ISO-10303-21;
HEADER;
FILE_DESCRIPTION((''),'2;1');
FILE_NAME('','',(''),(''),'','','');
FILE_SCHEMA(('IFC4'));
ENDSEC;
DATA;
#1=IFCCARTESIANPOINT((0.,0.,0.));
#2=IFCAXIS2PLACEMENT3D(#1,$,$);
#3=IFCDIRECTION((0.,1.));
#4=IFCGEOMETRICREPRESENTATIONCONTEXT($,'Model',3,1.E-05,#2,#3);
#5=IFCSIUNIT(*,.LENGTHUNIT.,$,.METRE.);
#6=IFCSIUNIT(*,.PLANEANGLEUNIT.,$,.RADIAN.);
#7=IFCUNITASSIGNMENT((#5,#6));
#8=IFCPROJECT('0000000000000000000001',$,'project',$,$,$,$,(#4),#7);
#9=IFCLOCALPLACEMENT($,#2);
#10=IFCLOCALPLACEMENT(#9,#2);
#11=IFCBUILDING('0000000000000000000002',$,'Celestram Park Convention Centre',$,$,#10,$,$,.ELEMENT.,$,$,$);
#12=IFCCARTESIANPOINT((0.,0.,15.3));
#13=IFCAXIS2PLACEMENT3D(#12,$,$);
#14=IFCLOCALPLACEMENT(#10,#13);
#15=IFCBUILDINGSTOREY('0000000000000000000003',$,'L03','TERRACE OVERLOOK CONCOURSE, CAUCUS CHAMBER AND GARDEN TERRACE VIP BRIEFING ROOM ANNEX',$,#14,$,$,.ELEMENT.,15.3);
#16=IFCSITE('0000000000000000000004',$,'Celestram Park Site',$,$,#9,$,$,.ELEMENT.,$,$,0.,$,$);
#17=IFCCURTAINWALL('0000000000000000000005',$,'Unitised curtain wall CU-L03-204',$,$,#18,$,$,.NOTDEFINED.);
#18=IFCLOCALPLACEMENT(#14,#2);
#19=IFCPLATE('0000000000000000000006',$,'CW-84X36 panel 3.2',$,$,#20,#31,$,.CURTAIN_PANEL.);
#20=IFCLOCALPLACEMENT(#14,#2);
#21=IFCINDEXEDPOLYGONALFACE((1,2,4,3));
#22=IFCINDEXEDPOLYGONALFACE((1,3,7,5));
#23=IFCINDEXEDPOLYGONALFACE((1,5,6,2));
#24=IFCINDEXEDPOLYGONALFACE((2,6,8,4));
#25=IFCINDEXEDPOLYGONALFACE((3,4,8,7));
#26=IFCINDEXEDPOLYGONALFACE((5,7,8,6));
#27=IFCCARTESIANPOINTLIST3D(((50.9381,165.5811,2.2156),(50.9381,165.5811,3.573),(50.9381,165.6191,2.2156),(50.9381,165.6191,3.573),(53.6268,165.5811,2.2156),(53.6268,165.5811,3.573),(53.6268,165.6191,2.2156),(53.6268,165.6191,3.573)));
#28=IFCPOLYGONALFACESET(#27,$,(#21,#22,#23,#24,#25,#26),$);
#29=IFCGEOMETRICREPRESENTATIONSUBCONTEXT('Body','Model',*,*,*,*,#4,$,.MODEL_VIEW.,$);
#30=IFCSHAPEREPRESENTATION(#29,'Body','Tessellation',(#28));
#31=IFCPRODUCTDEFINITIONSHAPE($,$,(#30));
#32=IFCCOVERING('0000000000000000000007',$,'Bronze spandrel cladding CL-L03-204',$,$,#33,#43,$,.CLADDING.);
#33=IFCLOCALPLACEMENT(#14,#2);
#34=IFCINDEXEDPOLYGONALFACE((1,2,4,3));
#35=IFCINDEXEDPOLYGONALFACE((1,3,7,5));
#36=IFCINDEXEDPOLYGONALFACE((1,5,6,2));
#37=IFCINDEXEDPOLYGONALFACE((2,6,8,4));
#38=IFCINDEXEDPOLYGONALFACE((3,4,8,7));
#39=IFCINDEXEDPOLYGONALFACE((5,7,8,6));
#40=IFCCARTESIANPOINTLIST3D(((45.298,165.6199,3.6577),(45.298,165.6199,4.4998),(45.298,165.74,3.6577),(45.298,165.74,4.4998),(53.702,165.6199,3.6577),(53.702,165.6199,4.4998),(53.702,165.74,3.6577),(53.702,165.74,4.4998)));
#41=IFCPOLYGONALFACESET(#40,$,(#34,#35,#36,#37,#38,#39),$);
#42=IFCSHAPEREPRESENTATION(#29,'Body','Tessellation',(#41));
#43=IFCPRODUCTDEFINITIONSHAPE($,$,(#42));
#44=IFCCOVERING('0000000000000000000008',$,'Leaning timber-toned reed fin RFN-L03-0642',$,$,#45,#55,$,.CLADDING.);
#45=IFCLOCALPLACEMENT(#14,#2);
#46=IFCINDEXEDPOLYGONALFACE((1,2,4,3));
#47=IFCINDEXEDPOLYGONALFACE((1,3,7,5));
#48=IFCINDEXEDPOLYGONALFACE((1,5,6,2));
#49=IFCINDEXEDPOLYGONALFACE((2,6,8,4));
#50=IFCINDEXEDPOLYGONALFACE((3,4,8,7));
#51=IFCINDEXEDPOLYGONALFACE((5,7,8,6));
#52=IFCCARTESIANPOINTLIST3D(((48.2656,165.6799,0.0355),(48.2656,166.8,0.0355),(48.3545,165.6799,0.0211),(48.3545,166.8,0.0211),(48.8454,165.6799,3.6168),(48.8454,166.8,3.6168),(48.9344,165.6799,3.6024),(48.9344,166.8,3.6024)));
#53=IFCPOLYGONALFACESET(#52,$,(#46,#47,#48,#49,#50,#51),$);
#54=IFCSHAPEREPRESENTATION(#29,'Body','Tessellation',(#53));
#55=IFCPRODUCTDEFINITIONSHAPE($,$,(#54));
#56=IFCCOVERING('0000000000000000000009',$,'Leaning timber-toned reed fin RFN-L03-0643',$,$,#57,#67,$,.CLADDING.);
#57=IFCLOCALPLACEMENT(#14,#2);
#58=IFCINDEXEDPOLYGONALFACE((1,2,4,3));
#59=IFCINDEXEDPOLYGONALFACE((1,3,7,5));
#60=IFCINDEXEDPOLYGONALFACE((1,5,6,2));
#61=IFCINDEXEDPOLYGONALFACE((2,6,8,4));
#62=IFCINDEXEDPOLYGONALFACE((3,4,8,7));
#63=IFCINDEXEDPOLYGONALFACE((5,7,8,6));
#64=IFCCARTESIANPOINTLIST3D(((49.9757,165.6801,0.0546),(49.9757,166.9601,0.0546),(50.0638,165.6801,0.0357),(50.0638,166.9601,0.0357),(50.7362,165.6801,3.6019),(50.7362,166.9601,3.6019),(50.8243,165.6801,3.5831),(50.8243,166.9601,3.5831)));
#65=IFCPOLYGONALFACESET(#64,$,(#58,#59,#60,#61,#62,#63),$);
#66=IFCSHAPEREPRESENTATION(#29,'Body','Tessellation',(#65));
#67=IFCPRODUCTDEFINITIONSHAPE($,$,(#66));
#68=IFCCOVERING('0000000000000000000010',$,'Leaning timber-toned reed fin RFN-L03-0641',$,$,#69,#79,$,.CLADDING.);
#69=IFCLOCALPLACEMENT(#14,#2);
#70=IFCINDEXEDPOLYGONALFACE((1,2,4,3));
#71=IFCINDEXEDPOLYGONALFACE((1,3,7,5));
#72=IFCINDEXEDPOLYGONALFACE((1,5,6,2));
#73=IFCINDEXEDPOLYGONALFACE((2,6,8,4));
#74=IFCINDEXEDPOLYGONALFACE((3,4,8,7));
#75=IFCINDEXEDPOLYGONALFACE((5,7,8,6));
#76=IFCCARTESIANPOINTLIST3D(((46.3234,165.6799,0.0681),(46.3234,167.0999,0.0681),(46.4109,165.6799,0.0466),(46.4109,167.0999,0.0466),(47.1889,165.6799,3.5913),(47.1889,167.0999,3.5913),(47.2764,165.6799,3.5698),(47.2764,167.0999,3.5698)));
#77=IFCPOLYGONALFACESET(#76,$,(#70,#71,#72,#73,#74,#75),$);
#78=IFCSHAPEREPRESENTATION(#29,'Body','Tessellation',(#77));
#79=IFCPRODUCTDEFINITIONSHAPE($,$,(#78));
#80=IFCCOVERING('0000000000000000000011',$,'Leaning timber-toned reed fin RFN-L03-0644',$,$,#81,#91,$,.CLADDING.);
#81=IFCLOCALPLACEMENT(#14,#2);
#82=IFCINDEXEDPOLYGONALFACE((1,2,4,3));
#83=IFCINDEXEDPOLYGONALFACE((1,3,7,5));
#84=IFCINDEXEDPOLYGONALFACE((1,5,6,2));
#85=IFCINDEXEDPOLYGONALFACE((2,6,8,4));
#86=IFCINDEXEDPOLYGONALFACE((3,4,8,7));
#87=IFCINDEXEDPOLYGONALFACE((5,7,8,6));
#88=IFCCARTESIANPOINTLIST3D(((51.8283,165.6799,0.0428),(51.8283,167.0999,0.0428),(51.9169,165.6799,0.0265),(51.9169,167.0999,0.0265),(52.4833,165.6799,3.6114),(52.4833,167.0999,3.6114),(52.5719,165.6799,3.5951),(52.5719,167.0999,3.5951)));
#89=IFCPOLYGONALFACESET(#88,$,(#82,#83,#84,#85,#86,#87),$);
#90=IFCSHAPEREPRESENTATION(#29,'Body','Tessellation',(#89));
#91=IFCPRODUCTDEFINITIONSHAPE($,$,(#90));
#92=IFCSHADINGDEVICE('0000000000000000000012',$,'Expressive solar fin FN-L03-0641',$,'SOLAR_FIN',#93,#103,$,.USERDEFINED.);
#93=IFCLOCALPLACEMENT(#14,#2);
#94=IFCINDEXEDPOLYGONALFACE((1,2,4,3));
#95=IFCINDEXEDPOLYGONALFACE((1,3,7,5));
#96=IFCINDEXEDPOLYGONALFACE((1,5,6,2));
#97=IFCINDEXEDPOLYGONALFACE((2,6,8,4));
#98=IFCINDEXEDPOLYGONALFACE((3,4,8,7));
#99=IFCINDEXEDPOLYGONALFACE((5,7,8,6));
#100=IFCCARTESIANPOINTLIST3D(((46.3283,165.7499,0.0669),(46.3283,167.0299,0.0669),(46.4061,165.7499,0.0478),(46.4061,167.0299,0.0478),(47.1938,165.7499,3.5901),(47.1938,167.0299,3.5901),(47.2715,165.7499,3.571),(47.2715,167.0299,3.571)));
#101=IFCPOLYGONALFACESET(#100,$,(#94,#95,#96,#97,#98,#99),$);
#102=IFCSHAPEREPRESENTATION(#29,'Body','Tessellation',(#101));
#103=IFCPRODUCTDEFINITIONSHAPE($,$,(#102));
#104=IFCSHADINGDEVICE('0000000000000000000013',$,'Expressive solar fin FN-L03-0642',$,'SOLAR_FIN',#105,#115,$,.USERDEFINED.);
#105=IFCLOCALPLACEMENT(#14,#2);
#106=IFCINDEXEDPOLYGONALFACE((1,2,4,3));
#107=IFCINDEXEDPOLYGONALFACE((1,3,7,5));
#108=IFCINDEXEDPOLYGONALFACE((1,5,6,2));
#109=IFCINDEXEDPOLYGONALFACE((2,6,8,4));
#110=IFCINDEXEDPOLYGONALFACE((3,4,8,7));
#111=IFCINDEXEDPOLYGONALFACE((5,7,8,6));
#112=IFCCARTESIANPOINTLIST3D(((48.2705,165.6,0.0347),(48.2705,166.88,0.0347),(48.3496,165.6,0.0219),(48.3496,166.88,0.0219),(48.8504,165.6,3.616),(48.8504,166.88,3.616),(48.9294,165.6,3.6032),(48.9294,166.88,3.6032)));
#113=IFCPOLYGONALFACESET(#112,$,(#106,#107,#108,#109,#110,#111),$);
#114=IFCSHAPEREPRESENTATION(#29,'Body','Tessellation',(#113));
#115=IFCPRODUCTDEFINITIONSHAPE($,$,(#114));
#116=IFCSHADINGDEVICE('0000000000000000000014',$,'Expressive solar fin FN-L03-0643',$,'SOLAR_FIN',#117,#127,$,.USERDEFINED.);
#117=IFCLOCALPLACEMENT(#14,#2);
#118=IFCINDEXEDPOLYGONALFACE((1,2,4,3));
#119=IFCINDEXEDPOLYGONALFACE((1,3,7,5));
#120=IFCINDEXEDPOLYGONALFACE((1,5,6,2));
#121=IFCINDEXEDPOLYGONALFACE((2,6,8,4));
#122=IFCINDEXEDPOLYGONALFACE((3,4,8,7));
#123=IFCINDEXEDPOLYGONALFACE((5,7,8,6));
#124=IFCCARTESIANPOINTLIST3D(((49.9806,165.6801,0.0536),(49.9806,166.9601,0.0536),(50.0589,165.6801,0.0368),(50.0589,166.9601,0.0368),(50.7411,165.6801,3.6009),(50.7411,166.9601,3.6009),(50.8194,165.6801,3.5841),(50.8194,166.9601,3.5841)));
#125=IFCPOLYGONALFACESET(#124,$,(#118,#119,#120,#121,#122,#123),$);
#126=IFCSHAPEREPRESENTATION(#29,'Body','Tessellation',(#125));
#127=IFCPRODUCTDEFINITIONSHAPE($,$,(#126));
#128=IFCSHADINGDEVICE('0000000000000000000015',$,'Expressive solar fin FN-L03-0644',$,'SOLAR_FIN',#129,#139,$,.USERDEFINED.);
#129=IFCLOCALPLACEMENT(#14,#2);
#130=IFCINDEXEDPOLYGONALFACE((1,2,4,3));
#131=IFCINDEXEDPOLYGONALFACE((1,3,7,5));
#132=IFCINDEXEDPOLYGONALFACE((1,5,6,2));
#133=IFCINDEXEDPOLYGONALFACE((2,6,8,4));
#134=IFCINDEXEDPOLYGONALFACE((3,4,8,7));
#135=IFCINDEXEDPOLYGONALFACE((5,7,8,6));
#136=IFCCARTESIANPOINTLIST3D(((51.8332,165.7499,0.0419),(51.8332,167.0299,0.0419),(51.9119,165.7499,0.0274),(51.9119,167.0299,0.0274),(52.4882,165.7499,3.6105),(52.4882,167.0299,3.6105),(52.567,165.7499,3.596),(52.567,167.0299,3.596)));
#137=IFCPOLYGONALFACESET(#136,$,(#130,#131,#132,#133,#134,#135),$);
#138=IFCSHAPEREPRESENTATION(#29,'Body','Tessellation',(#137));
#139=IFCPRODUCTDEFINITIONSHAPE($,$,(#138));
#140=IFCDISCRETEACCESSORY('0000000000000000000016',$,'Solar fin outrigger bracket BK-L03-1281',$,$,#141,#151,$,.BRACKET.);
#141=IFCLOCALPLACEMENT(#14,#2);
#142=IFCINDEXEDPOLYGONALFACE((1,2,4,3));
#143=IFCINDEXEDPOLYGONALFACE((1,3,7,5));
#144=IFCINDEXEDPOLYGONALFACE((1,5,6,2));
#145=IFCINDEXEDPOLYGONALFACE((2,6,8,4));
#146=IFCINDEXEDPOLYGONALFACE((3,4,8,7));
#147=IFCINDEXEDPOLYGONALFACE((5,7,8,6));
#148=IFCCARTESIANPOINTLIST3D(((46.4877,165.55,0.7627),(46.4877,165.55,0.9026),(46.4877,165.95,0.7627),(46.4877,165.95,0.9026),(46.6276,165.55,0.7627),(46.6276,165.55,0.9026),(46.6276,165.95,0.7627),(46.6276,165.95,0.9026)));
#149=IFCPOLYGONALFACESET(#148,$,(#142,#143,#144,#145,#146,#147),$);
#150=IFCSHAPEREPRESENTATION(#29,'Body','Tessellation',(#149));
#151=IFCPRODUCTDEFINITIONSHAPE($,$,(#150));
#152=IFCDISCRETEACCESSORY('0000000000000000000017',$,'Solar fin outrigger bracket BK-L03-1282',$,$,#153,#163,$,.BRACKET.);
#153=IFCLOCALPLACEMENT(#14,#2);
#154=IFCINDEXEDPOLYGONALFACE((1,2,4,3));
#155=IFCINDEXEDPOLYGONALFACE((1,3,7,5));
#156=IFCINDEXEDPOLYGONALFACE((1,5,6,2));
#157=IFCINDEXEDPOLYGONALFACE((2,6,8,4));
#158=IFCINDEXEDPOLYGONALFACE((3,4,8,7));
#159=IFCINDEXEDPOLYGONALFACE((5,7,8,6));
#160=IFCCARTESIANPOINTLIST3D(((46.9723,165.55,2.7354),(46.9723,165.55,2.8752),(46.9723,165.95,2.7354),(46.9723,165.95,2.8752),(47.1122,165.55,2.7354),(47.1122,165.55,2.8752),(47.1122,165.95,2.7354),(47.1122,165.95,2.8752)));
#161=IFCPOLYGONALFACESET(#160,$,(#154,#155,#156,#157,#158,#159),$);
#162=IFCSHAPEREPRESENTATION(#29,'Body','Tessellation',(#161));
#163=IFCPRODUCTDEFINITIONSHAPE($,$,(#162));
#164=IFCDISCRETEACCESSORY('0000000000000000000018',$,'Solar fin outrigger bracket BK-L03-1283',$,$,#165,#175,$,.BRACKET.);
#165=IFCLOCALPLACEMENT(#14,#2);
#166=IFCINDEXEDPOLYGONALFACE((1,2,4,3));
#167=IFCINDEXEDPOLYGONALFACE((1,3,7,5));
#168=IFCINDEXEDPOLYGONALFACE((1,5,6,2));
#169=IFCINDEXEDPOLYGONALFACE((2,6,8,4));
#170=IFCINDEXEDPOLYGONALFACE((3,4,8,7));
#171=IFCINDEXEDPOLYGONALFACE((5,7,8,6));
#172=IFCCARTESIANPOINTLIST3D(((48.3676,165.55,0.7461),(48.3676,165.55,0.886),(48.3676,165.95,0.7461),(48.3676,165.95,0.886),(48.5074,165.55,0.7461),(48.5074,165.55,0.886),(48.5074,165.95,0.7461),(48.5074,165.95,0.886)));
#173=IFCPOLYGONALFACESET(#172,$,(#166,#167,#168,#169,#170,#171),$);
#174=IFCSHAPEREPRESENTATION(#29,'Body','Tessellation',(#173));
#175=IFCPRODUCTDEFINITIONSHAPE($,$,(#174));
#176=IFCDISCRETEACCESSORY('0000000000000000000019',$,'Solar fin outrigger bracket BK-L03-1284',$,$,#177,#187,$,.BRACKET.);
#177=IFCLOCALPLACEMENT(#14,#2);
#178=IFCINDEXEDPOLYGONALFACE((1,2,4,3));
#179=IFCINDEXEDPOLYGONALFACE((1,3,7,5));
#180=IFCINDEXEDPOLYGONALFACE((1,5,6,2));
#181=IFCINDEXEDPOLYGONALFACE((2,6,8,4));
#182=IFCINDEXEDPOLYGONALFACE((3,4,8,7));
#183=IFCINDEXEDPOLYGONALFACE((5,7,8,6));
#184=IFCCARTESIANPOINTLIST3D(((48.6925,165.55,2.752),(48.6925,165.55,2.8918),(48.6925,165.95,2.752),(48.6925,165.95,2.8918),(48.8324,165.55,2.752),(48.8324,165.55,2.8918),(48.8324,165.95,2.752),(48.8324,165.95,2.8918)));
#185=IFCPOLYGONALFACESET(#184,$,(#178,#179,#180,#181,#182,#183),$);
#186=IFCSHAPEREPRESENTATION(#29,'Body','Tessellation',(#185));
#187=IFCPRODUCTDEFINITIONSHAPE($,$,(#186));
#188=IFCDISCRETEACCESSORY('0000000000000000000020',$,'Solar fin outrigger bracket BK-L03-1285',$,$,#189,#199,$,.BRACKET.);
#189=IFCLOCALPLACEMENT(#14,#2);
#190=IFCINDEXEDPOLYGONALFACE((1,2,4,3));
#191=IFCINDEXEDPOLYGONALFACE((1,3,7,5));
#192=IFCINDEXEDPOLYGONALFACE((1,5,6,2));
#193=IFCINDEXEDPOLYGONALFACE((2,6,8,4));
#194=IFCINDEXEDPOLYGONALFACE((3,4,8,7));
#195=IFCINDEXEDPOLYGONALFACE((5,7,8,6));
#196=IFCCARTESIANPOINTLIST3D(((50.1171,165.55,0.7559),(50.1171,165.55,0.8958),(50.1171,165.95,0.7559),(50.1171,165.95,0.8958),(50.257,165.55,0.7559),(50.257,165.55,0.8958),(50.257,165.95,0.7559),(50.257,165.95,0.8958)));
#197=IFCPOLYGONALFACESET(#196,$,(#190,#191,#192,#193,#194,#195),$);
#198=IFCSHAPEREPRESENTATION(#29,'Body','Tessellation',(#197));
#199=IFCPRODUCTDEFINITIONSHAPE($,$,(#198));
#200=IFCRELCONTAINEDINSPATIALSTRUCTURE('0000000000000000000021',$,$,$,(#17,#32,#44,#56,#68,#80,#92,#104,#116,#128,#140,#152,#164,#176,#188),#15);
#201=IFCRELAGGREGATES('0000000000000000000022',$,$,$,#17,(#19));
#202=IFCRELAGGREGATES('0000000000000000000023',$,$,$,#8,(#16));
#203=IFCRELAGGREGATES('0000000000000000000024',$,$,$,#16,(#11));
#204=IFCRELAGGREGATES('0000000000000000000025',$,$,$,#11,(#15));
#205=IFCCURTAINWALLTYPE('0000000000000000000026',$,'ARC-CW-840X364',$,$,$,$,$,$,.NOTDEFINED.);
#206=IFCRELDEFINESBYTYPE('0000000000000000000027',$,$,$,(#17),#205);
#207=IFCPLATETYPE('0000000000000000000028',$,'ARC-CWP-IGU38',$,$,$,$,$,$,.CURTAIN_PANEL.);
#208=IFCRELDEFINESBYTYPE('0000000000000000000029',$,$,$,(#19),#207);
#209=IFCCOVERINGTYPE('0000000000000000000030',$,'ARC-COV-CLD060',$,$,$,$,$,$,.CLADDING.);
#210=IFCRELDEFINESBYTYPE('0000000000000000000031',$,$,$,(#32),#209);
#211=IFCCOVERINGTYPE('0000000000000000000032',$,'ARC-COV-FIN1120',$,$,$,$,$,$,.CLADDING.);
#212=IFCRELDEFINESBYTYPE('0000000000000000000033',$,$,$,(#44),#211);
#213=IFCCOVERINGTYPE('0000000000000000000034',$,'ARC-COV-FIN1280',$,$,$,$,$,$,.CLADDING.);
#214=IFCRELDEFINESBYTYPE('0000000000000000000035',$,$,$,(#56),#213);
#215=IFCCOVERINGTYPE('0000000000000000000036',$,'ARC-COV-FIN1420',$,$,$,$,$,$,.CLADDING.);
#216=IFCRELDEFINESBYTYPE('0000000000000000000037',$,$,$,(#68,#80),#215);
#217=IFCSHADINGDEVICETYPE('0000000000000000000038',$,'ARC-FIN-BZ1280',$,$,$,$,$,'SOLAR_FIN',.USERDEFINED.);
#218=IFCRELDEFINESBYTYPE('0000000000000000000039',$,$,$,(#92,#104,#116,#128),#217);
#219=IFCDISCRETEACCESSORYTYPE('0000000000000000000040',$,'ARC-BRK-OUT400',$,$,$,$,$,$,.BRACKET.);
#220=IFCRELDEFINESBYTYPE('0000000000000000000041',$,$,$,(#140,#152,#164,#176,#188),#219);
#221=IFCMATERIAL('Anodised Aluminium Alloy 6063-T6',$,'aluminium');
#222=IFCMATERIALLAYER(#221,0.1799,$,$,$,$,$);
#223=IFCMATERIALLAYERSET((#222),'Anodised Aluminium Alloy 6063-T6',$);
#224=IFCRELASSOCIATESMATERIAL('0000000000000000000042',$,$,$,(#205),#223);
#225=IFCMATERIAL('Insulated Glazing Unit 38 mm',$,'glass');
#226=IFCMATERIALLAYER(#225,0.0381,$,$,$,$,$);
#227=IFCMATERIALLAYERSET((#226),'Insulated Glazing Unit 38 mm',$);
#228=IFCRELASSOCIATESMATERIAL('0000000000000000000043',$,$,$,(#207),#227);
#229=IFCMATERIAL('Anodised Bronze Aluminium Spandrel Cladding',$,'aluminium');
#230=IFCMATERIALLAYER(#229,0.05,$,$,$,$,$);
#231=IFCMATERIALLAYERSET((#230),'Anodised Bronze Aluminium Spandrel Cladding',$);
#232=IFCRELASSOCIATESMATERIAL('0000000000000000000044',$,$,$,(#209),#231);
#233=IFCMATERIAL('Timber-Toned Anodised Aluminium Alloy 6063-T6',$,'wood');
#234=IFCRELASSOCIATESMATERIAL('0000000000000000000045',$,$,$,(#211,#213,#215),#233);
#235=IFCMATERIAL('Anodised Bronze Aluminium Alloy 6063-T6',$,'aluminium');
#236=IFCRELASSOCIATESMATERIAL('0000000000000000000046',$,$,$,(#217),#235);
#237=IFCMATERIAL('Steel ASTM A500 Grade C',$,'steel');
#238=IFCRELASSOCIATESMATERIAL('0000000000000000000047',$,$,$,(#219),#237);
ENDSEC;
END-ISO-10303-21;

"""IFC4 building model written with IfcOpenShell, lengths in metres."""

from ifc_helpers import new_model, si_unit, direction, frame, origin, origin_2d, place, context, subcontext, project, spatial, rectangle, extrude, material, layer, layer_set, material_profile, profile_set, type_object, element, aggregate, save


model = new_model("IFC4")

# Units and contexts
model_context = context("Model", 3, precision=1e-05, world=origin(), true_north=direction((0.0, 1.0)))
body_context = subcontext(model_context, "Body", "Model", "MODEL_VIEW")
ifc_project = project(units=[si_unit("LENGTHUNIT", "METRE"), si_unit("PLANEANGLEUNIT", "RADIAN")], contexts=[model_context])

# Site, building, storey
site_placement = place(None, origin())
site = spatial("IfcSite", under=ifc_project, at=site_placement, Name="Celestram Park Site", CompositionType="ELEMENT", RefElevation=0.0)
building_placement = place(site_placement, origin())
building = spatial("IfcBuilding", under=site, at=building_placement, Name="Celestram Park Convention Centre", CompositionType="ELEMENT")
storey_placement = place(building_placement, frame((0.0, 0.0, 15.3)))
storey = spatial("IfcBuildingStorey", under=building, at=storey_placement, Name="L03", Description="TERRACE OVERLOOK CONCOURSE, CAUCUS CHAMBER AND GARDEN TERRACE VIP BRIEFING ROOM ANNEX", CompositionType="ELEMENT", Elevation=15.3)

# Curtain wall
ifc_material_1 = material(Name="Anodised Aluminium Alloy 6063-T6", Category="aluminium")
ifc_layer_1 = layer(ifc_material_1, 0.1799)
ifc_layer_set_1 = layer_set([ifc_layer_1], Name="Anodised Aluminium Alloy 6063-T6")
curtain_wall_type = type_object("IfcCurtainWallType", Name="ARC-CW-840X364", PredefinedType="NOTDEFINED", material=ifc_layer_set_1)
curtain_wall_placement = place(storey_placement, origin())
curtain_wall = element("IfcCurtainWall", 1, at=curtain_wall_placement, inside=storey, type_object=curtain_wall_type, Name="Unitised curtain wall CU-L03-204", PredefinedType="NOTDEFINED")

# Plate
ifc_material_2 = material(Name="Insulated Glazing Unit 38 mm", Category="glass")
ifc_layer_2 = layer(ifc_material_2, 0.0381)
ifc_layer_set_2 = layer_set([ifc_layer_2], Name="Insulated Glazing Unit 38 mm")
plate_type = type_object("IfcPlateType", Name="ARC-CWP-IGU38", PredefinedType="CURTAIN_PANEL", material=ifc_layer_set_2)
plate_1_placement = place(storey_placement, frame((52.2825, 165.6001, 2.2156), z_axis=(0.0, 0.0, 1.0), x_axis=(1.0, 0.0, 0.0)))
plate_1 = element("IfcPlate", 2, at=plate_1_placement, type_object=plate_type, Name="CW-84X36 panel 3.2", PredefinedType="CURTAIN_PANEL", context=body_context, shape_type="SweptSolid", body=[
    extrude(rectangle(XDim=2.6887, YDim=0.0381, at=origin_2d()), origin(), (0.0, 0.0, 1.0), 1.3574),
])
aggregate(curtain_wall, [plate_1])

# Coverings
ifc_material_3 = material(Name="Anodised Bronze Aluminium Spandrel Cladding", Category="aluminium")
ifc_layer_3 = layer(ifc_material_3, 0.05)
ifc_layer_set_3 = layer_set([ifc_layer_3], Name="Anodised Bronze Aluminium Spandrel Cladding")
covering_type_1 = type_object("IfcCoveringType", Name="ARC-COV-CLD060", PredefinedType="CLADDING", material=ifc_layer_set_3)
covering_1_placement = place(storey_placement, frame((49.5, 165.6799, 3.6577), z_axis=(0.0, 0.0, 1.0), x_axis=(1.0, 0.0, 0.0)))
element("IfcCovering", 3, at=covering_1_placement, inside=storey, type_object=covering_type_1, Name="Bronze spandrel cladding CL-L03-204", PredefinedType="CLADDING", context=body_context, shape_type="SweptSolid", body=[
    extrude(rectangle(XDim=8.4041, YDim=0.1201, at=origin_2d()), origin(), (0.0, 0.0, 1.0), 0.842),
])
ifc_material_4 = material(Name="Timber-Toned Anodised Aluminium Alloy 6063-T6", Category="wood")
ifc_material_profile_1 = material_profile(ifc_material_4, rectangle(XDim=1.1201, YDim=0.0901, at=origin_2d()), Name="REED1120X90")
ifc_profile_set_1 = profile_set([ifc_material_profile_1], Name="Timber-Toned Anodised Aluminium Alloy 6063-T6")
covering_type_2 = type_object("IfcCoveringType", Name="ARC-COV-FIN1120", PredefinedType="CLADDING", material=ifc_profile_set_1)
covering_2_placement = place(storey_placement, frame((48.3101, 166.24, 0.0283), z_axis=(0.159825, 0.0, 0.987145), x_axis=(0.0, 1.0, 0.0)))
element("IfcCovering", 4, at=covering_2_placement, inside=storey, type_object=covering_type_2, Name="Leaning timber-toned reed fin RFN-L03-0642", PredefinedType="CLADDING", context=body_context, shape_type="SweptSolid", body=[
    extrude(rectangle(XDim=1.1201, YDim=0.0901, at=origin_2d()), origin(), (0.0, 0.0, 1.0), 3.6279),
])
ifc_material_profile_2 = material_profile(ifc_material_4, rectangle(XDim=1.28, YDim=0.0901, at=origin_2d()), Name="REED1280X90")
ifc_profile_set_2 = profile_set([ifc_material_profile_2], Name="Timber-Toned Anodised Aluminium Alloy 6063-T6")
covering_type_3 = type_object("IfcCoveringType", Name="ARC-COV-FIN1280", PredefinedType="CLADDING", material=ifc_profile_set_2)
covering_3_placement = place(storey_placement, frame((50.0198, 166.3201, 0.0452), z_axis=(0.209621, 0.0, 0.977783), x_axis=(0.0, 1.0, 0.0)))
element("IfcCovering", 5, at=covering_3_placement, inside=storey, type_object=covering_type_3, Name="Leaning timber-toned reed fin RFN-L03-0643", PredefinedType="CLADDING", context=body_context, shape_type="SweptSolid", body=[
    extrude(rectangle(XDim=1.28, YDim=0.0901, at=origin_2d()), origin(), (0.0, 0.0, 1.0), 3.6279),
])
ifc_material_profile_3 = material_profile(ifc_material_4, rectangle(XDim=1.4199, YDim=0.0901, at=origin_2d()), Name="REED1420X90")
ifc_profile_set_3 = profile_set([ifc_material_profile_3], Name="Timber-Toned Anodised Aluminium Alloy 6063-T6")
covering_type_4 = type_object("IfcCoveringType", Name="ARC-COV-FIN1420", PredefinedType="CLADDING", material=ifc_profile_set_3)
covering_4_placement = place(storey_placement, frame((46.3672, 166.3899, 0.0574), z_axis=(0.238559, 0.0, 0.971128), x_axis=(0.0, 1.0, 0.0)))
element("IfcCovering", 6, at=covering_4_placement, inside=storey, type_object=covering_type_4, Name="Leaning timber-toned reed fin RFN-L03-0641", PredefinedType="CLADDING", context=body_context, shape_type="SweptSolid", body=[
    extrude(rectangle(XDim=1.4199, YDim=0.0901, at=origin_2d()), origin(), (0.0, 0.0, 1.0), 3.6279),
])
covering_5_placement = place(storey_placement, frame((51.8726, 166.3899, 0.0347), z_axis=(0.180537, 0.0, 0.983568), x_axis=(0.0, 1.0, 0.0)))
element("IfcCovering", 7, at=covering_5_placement, inside=storey, type_object=covering_type_4, Name="Leaning timber-toned reed fin RFN-L03-0644", PredefinedType="CLADDING", context=body_context, shape_type="SweptSolid", body=[
    extrude(rectangle(XDim=1.4199, YDim=0.0901, at=origin_2d()), origin(), (0.0, 0.0, 1.0), 3.6282),
])

# Shading devices
ifc_material_5 = material(Name="Anodised Bronze Aluminium Alloy 6063-T6", Category="aluminium")
ifc_material_profile_4 = material_profile(ifc_material_5, rectangle(XDim=1.28, YDim=0.0801, at=origin_2d()), Name="FIN1280X80")
ifc_profile_set_4 = profile_set([ifc_material_profile_4], Name="Anodised Bronze Aluminium Alloy 6063-T6")
shading_device_type = type_object("IfcShadingDeviceType", Name="ARC-FIN-BZ1280", ElementType="SOLAR_FIN", PredefinedType="USERDEFINED", material=ifc_profile_set_4)
for number, where, z_axis, x_axis, name in (
    (8, (46.3672, 166.3899, 0.0574), (0.238559, 0.0, 0.971128), (0.0, 1.0, 0.0), "Expressive solar fin FN-L03-0641"),
    (9, (48.3101, 166.24, 0.0283), (0.159825, 0.0, 0.987145), (0.0, 1.0, 0.0), "Expressive solar fin FN-L03-0642"),
    (10, (50.0198, 166.3201, 0.0452), (0.209621, 0.0, 0.977783), (0.0, 1.0, 0.0), "Expressive solar fin FN-L03-0643"),
):
    element("IfcShadingDevice", number, at=place(storey_placement, frame(where, z_axis=z_axis, x_axis=x_axis)), inside=storey, type_object=shading_device_type, Name=name, ObjectType="SOLAR_FIN", PredefinedType="USERDEFINED", context=body_context, shape_type="SweptSolid", body=[
        extrude(rectangle(XDim=1.28, YDim=0.0801, at=origin_2d()), origin(), (0.0, 0.0, 1.0), 3.6279),
    ])
shading_device_placement = place(storey_placement, frame((51.8726, 166.3899, 0.0347), z_axis=(0.180537, 0.0, 0.983568), x_axis=(0.0, 1.0, 0.0)))
element("IfcShadingDevice", 11, at=shading_device_placement, inside=storey, type_object=shading_device_type, Name="Expressive solar fin FN-L03-0644", ObjectType="SOLAR_FIN", PredefinedType="USERDEFINED", context=body_context, shape_type="SweptSolid", body=[
    extrude(rectangle(XDim=1.28, YDim=0.0801, at=origin_2d()), origin(), (0.0, 0.0, 1.0), 3.6282),
])

# Discrete accessories
ifc_material_6 = material(Name="Steel ASTM A500 Grade C", Category="steel")
discrete_accessory_type = type_object("IfcDiscreteAccessoryType", Name="ARC-BRK-OUT400", PredefinedType="BRACKET", material=ifc_material_6)
for number, where, z_axis, x_axis, name in (
    (12, (46.5576, 165.75, 0.7627), (0.0, 0.0, 1.0), (0.0, 1.0, 0.0), "Solar fin outrigger bracket BK-L03-1281"),
    (13, (47.0422, 165.75, 2.7354), (0.0, 0.0, 1.0), (0.0, 1.0, 0.0), "Solar fin outrigger bracket BK-L03-1282"),
    (14, (48.4375, 165.75, 0.7461), (0.0, 0.0, 1.0), (0.0, 1.0, 0.0), "Solar fin outrigger bracket BK-L03-1283"),
    (15, (48.7625, 165.75, 2.752), (0.0, 0.0, 1.0), (0.0, 1.0, 0.0), "Solar fin outrigger bracket BK-L03-1284"),
    (16, (50.187, 165.75, 0.7559), (0.0, 0.0, 1.0), (0.0, 1.0, 0.0), "Solar fin outrigger bracket BK-L03-1285"),
):
    element("IfcDiscreteAccessory", number, at=place(storey_placement, frame(where, z_axis=z_axis, x_axis=x_axis)), inside=storey, type_object=discrete_accessory_type, Name=name, PredefinedType="BRACKET", context=body_context, shape_type="SweptSolid", body=[
        extrude(rectangle(XDim=0.3999, YDim=0.1399, at=origin_2d()), origin(), (0.0, 0.0, 1.0), 0.1399),
    ])

save(model, "model.ifc")
